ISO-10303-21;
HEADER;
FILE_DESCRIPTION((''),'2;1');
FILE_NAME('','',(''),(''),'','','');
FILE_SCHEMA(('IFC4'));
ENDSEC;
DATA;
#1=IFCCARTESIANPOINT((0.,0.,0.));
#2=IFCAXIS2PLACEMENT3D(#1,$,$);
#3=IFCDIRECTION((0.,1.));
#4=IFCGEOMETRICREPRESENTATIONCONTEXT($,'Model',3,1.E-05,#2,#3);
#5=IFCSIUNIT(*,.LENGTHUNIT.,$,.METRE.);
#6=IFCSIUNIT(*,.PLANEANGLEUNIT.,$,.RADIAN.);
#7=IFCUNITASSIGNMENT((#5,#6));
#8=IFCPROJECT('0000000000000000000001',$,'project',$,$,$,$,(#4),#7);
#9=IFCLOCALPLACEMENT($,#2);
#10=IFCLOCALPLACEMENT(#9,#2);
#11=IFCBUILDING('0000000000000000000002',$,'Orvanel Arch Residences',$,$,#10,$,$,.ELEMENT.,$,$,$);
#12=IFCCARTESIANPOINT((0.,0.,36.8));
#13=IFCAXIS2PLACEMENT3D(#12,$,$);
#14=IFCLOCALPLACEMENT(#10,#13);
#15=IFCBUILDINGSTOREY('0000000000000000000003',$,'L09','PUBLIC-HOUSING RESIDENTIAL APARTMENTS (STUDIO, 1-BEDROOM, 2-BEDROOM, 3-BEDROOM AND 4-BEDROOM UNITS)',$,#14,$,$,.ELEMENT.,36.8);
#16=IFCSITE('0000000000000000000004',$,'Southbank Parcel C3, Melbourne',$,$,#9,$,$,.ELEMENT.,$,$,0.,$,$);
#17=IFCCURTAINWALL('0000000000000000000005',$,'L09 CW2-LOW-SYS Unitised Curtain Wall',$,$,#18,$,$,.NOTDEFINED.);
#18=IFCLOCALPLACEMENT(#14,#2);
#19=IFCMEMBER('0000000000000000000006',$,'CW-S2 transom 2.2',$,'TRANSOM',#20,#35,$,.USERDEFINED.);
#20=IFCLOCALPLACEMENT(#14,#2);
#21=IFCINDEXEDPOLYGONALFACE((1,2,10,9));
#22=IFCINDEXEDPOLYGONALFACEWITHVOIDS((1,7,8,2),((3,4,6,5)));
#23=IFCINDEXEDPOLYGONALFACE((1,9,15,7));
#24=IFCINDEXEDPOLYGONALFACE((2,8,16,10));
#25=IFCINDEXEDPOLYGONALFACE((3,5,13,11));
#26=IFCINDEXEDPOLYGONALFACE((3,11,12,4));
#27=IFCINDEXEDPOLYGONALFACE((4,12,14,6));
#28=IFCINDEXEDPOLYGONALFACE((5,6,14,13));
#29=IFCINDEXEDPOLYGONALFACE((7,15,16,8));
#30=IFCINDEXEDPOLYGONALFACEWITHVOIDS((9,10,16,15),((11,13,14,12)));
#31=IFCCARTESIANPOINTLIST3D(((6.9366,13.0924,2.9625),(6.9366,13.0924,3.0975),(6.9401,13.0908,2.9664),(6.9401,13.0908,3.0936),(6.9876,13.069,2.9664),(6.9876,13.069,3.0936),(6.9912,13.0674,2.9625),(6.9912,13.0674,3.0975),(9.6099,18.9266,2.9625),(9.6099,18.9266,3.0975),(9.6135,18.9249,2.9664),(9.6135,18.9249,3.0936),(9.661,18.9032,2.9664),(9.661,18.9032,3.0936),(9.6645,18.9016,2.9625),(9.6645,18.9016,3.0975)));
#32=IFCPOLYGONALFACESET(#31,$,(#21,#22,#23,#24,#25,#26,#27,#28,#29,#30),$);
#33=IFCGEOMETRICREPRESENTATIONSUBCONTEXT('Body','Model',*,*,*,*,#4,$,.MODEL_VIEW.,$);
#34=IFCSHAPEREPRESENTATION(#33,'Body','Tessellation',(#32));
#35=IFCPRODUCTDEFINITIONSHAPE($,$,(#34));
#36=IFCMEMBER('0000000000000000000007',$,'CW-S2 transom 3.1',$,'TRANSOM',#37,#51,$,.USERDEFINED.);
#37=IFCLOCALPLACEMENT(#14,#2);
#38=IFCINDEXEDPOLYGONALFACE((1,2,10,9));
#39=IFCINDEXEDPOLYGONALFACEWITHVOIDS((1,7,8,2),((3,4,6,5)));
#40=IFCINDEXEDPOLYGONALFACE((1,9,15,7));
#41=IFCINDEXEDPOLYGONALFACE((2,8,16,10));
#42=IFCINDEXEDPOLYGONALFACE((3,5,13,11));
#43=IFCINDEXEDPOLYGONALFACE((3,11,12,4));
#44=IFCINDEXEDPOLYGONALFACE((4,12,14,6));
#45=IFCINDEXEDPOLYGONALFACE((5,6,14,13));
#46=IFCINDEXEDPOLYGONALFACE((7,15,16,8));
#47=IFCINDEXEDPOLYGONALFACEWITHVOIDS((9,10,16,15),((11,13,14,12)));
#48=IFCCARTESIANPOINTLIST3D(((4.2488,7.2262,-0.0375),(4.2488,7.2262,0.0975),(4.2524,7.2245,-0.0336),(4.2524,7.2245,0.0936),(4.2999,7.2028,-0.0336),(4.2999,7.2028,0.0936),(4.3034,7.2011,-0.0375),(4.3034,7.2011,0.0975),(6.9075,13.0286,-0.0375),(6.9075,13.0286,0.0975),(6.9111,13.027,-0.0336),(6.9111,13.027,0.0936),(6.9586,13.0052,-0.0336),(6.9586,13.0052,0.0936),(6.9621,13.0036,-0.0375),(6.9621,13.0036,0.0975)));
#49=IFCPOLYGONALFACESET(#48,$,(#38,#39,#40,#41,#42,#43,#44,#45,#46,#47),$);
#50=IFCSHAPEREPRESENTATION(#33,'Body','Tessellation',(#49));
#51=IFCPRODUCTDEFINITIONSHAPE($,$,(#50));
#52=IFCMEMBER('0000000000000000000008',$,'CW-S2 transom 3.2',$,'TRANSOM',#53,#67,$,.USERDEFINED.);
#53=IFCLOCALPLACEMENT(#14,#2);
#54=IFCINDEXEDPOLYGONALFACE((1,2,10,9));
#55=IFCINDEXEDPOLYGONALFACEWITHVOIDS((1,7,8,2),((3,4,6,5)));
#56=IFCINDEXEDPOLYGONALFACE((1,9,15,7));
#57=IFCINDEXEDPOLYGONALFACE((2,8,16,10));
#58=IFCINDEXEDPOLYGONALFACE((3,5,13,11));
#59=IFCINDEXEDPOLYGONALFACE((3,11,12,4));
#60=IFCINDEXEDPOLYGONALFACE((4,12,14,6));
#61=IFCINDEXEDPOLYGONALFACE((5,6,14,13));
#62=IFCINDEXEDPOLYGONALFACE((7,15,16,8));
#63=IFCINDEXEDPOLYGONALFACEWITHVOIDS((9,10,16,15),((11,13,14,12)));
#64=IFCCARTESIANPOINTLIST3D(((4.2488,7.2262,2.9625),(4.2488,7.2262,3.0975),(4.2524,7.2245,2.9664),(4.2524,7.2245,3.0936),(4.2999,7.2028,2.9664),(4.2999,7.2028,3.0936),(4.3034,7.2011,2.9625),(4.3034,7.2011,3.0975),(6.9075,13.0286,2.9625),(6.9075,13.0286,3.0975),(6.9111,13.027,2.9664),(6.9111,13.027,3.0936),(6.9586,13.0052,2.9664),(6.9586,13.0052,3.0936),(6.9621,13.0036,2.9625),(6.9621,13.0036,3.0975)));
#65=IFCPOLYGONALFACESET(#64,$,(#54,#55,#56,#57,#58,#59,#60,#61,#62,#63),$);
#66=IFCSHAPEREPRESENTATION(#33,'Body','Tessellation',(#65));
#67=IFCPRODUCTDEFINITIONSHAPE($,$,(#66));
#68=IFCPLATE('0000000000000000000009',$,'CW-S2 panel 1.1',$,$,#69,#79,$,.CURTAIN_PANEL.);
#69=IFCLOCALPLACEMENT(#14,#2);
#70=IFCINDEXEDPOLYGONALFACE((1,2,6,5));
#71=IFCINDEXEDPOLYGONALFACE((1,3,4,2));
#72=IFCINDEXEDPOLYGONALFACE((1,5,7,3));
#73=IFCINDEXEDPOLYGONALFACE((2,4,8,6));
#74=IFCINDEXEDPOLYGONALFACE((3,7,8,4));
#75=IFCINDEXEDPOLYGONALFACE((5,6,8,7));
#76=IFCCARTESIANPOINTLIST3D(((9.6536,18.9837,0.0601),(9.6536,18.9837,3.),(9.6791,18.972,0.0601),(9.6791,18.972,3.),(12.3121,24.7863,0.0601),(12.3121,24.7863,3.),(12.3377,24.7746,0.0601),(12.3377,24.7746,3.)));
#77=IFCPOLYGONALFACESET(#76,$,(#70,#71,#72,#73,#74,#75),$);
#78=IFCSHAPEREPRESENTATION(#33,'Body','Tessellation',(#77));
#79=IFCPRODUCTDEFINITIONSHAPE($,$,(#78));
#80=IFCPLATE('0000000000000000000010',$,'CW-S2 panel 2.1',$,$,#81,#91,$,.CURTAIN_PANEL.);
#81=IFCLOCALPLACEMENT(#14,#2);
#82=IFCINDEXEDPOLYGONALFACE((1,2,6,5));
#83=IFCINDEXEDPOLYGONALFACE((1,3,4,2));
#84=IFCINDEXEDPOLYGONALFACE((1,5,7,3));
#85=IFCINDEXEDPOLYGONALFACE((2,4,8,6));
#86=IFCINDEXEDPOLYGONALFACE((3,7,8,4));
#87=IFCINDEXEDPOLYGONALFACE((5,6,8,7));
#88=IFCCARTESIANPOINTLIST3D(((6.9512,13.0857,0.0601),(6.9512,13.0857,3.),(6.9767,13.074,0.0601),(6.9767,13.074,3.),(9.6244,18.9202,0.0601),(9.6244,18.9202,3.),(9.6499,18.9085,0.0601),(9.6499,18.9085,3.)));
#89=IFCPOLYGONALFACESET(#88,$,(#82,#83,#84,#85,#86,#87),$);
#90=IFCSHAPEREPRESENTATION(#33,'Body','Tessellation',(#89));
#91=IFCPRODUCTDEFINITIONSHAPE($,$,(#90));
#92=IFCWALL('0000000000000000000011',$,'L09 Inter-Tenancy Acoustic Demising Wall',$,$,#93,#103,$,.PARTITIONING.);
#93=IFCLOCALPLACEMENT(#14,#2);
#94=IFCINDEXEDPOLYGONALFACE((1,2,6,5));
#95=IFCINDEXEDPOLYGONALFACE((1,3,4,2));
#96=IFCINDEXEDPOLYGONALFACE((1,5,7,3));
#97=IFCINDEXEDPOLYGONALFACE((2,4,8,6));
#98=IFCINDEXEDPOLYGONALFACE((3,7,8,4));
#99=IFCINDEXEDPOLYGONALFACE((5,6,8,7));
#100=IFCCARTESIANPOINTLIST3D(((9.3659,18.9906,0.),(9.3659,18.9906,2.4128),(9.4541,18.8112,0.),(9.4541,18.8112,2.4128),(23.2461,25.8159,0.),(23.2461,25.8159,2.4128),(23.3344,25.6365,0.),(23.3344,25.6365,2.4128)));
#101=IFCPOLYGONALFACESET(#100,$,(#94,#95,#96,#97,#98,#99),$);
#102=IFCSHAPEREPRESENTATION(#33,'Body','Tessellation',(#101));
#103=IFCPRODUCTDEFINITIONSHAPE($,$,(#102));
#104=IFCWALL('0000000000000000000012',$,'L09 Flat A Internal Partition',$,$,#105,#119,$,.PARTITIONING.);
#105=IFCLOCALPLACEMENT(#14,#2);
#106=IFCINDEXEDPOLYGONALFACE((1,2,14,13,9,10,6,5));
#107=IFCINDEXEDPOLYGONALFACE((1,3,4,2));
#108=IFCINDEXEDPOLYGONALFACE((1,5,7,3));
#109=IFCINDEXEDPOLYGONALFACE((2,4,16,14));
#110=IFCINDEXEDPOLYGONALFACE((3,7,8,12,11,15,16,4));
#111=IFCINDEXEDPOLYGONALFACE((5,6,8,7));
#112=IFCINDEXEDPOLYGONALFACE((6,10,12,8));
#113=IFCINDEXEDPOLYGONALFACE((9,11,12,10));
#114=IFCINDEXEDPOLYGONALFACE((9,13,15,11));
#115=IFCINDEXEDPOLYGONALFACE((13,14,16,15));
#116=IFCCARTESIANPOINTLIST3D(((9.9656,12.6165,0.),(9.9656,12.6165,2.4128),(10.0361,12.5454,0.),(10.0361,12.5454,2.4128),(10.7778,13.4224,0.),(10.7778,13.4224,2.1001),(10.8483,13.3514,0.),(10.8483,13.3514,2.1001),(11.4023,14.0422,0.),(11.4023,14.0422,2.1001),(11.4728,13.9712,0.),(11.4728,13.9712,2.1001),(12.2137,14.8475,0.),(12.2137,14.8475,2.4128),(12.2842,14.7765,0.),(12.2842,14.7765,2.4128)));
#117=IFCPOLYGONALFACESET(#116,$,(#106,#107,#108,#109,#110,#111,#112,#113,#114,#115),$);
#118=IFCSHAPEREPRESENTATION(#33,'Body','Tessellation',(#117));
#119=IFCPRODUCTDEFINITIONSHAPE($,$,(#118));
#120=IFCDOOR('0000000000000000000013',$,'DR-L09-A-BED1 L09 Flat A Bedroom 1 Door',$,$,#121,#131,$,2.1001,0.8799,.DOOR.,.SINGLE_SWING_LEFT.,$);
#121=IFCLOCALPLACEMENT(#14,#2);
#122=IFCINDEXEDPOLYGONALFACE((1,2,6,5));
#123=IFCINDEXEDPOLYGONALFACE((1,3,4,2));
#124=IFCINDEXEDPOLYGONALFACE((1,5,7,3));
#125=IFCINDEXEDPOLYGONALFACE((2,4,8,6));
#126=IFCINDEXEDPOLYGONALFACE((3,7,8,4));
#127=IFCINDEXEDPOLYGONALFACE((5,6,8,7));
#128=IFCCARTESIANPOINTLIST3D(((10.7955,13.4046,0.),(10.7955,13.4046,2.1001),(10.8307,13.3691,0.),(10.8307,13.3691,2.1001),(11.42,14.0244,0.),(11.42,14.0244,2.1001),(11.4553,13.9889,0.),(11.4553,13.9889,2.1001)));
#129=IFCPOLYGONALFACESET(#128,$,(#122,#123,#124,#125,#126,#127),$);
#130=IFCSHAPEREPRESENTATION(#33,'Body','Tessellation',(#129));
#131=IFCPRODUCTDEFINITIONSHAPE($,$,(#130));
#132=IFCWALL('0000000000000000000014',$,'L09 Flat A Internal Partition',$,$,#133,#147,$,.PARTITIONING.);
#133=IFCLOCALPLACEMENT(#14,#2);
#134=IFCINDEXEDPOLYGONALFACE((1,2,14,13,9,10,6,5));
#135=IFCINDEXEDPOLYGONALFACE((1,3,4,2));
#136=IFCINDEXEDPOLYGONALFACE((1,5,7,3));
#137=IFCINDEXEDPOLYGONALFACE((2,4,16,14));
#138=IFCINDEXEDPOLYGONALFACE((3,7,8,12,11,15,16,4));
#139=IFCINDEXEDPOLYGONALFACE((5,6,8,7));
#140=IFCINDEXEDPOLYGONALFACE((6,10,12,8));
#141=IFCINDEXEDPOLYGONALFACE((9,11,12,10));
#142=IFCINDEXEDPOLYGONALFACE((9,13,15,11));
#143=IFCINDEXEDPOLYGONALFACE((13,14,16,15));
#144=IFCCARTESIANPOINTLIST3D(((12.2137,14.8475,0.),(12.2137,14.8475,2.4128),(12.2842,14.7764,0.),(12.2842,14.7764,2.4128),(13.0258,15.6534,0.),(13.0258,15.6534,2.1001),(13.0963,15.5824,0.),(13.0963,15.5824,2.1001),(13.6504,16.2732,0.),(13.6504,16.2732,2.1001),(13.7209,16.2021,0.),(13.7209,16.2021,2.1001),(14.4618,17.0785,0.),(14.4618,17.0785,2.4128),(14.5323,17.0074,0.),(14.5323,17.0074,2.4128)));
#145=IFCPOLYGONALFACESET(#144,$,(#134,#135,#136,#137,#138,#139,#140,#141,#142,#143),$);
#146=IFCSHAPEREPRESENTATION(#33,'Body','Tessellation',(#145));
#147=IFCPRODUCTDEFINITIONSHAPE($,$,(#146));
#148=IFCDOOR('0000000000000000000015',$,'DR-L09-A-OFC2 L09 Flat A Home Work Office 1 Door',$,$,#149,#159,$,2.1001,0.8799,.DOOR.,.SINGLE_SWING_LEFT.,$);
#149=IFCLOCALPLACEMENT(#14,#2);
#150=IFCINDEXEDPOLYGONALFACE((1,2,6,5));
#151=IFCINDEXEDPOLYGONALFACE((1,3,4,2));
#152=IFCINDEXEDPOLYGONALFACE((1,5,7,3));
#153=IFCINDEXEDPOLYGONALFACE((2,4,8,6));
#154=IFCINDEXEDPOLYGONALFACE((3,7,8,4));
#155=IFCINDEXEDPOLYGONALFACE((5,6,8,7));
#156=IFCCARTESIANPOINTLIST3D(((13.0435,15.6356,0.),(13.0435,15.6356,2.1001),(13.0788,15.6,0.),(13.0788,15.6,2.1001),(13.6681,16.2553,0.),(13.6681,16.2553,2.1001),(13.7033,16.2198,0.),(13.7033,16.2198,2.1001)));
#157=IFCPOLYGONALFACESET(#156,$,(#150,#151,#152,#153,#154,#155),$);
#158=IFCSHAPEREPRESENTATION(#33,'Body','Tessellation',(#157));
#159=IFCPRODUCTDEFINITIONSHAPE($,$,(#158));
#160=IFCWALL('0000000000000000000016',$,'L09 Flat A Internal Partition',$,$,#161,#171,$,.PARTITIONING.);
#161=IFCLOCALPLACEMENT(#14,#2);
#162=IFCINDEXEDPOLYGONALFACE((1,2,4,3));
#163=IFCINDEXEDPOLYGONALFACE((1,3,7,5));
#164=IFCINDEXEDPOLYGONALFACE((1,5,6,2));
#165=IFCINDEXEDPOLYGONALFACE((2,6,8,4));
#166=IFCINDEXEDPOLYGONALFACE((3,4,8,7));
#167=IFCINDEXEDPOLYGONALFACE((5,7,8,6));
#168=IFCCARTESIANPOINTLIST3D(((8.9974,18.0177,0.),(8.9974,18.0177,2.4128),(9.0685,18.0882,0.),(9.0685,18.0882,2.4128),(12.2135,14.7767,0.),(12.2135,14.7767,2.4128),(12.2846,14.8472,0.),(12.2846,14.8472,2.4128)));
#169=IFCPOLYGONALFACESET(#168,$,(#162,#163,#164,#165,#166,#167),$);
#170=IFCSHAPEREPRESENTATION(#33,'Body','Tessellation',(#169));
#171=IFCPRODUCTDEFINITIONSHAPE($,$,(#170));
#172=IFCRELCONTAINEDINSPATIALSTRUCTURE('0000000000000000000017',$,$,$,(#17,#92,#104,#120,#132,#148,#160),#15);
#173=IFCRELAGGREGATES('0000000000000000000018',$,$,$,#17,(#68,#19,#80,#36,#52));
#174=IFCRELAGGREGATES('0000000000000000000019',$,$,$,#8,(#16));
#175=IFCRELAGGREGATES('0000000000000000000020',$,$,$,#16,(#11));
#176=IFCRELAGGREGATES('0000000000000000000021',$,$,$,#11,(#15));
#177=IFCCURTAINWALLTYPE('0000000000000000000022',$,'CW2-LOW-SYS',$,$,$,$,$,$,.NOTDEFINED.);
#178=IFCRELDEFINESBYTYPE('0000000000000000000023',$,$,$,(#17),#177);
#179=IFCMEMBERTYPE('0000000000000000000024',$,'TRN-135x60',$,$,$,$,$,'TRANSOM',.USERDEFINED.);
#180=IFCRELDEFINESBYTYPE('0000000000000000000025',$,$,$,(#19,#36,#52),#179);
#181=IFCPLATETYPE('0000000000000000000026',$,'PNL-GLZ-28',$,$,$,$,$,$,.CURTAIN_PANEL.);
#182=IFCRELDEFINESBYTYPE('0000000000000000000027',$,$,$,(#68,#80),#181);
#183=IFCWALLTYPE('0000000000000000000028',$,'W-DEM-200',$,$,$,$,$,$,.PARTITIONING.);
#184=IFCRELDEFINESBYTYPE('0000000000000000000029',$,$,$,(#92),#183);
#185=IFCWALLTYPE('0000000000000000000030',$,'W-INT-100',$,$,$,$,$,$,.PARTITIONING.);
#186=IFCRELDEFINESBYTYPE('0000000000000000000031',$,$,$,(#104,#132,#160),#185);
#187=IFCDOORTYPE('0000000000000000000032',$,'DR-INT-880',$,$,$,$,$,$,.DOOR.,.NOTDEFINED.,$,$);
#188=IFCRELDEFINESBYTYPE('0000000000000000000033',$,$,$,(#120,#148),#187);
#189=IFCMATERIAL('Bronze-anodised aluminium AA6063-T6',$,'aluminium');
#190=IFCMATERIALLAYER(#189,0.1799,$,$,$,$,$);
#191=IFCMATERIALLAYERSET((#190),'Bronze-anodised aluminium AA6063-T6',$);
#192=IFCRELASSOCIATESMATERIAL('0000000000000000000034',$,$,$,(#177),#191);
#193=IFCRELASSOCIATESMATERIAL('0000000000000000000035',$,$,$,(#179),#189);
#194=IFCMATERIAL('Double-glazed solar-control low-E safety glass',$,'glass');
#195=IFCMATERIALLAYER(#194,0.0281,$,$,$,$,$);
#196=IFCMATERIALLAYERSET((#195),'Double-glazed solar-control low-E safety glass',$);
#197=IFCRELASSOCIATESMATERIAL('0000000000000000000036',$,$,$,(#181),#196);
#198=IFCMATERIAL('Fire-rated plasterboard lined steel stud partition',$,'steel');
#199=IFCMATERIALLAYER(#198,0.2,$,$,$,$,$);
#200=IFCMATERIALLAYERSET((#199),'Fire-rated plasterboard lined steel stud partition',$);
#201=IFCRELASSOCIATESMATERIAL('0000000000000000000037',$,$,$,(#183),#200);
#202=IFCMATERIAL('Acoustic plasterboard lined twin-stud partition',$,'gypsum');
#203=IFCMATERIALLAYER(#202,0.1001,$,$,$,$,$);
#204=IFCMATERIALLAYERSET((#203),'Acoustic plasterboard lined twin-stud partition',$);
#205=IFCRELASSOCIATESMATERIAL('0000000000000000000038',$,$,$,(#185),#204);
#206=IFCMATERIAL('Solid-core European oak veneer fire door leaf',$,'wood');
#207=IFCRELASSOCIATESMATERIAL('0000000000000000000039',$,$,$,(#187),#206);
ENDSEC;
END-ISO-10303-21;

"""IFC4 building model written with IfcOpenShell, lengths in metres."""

from ifc_helpers import new_model, si_unit, direction, frame, frame_2d, origin, origin_2d, place, context, subcontext, project, spatial, rectangle, hollow_rectangle, extrude, material, layer, layer_set, material_profile, profile_set, type_object, element, fill, aggregate, save


model = new_model("IFC4")

# Units and contexts
model_context = context("Model", 3, precision=1e-05, world=origin(), true_north=direction((0.0, 1.0)))
body_context = subcontext(model_context, "Body", "Model", "MODEL_VIEW")
ifc_project = project(units=[si_unit("LENGTHUNIT", "METRE"), si_unit("PLANEANGLEUNIT", "RADIAN")], contexts=[model_context])

# Site, building, storey
site_placement = place(None, origin())
site = spatial("IfcSite", under=ifc_project, at=site_placement, Name="Southbank Parcel C3, Melbourne", CompositionType="ELEMENT", RefElevation=0.0)
building_placement = place(site_placement, origin())
building = spatial("IfcBuilding", under=site, at=building_placement, Name="Orvanel Arch Residences", CompositionType="ELEMENT")
storey_placement = place(building_placement, frame((0.0, 0.0, 36.8)))
storey = spatial("IfcBuildingStorey", under=building, at=storey_placement, Name="L09", Description="PUBLIC-HOUSING RESIDENTIAL APARTMENTS (STUDIO, 1-BEDROOM, 2-BEDROOM, 3-BEDROOM AND 4-BEDROOM UNITS)", CompositionType="ELEMENT", Elevation=36.8)

# Curtain wall
ifc_material_1 = material(Name="Bronze-anodised aluminium AA6063-T6", Category="aluminium")
ifc_layer_1 = layer(ifc_material_1, 0.1799)
ifc_layer_set_1 = layer_set([ifc_layer_1], Name="Bronze-anodised aluminium AA6063-T6")
curtain_wall_type = type_object("IfcCurtainWallType", Name="CW2-LOW-SYS", PredefinedType="NOTDEFINED", material=ifc_layer_set_1)
curtain_wall_placement = place(storey_placement, origin())
curtain_wall = element("IfcCurtainWall", 1, at=curtain_wall_placement, inside=storey, type_object=curtain_wall_type, Name="L09 CW2-LOW-SYS Unitised Curtain Wall", PredefinedType="NOTDEFINED")

# Members
ifc_material_profile_1 = material_profile(ifc_material_1, hollow_rectangle(XDim=0.0601, YDim=0.135, WallThickness=0.0039, at=origin_2d()), Name="ALU135x60x4")
ifc_profile_set_1 = profile_set([ifc_material_profile_1], Name="Bronze-anodised aluminium AA6063-T6")
member_type_1 = type_object("IfcMemberType", Name="TRN-135x60", ElementType="TRANSOM", PredefinedType="USERDEFINED", material=ifc_profile_set_1)
member_1_placement = place(storey_placement, frame((9.6372, 18.9141, 3.03), z_axis=(-0.416567, -0.909105, 0.0), x_axis=(0.909105, -0.416567, 0.0)))
member_1 = element("IfcMember", 2, at=member_1_placement, type_object=member_type_1, Name="CW-S2 transom 2.2", ObjectType="TRANSOM", PredefinedType="USERDEFINED", context=body_context, shape_type="SweptSolid", body=[
    extrude(hollow_rectangle(XDim=0.0601, YDim=0.135, WallThickness=0.0039, at=origin_2d()), origin(), (0.0, 0.0, 1.0), 6.4175),
])
member_2_placement = place(storey_placement, frame((6.9348, 13.0161, 0.03), z_axis=(-0.416553, -0.909111, 0.0), x_axis=(0.909111, -0.416553, 0.0)))
member_2 = element("IfcMember", 3, at=member_2_placement, type_object=member_type_1, Name="CW-S2 transom 3.1", ObjectType="TRANSOM", PredefinedType="USERDEFINED", context=body_context, shape_type="SweptSolid", body=[
    extrude(hollow_rectangle(XDim=0.0601, YDim=0.135, WallThickness=0.0039, at=origin_2d()), origin(), (0.0, 0.0, 1.0), 6.3826),
])
member_3_placement = place(storey_placement, frame((6.9348, 13.0161, 3.03), z_axis=(-0.416553, -0.909111, 0.0), x_axis=(0.909111, -0.416553, 0.0)))
member_3 = element("IfcMember", 4, at=member_3_placement, type_object=member_type_1, Name="CW-S2 transom 3.2", ObjectType="TRANSOM", PredefinedType="USERDEFINED", context=body_context, shape_type="SweptSolid", body=[
    extrude(hollow_rectangle(XDim=0.0601, YDim=0.135, WallThickness=0.0039, at=origin_2d()), origin(), (0.0, 0.0, 1.0), 6.3826),
])

# Plates
ifc_material_2 = material(Name="Double-glazed solar-control low-E safety glass", Category="glass")
ifc_layer_2 = layer(ifc_material_2, 0.0281)
ifc_layer_set_2 = layer_set([ifc_layer_2], Name="Double-glazed solar-control low-E safety glass")
plate_type = type_object("IfcPlateType", Name="PNL-GLZ-28", PredefinedType="CURTAIN_PANEL", material=ifc_layer_set_2)
plate_1_placement = place(storey_placement, frame((10.9956, 21.8792, 0.0601), z_axis=(0.0, 0.0, 1.0), x_axis=(-0.416538, -0.909118, 0.0)))
plate_1 = element("IfcPlate", 5, at=plate_1_placement, type_object=plate_type, Name="CW-S2 panel 1.1", PredefinedType="CURTAIN_PANEL", context=body_context, shape_type="SweptSolid", body=[
    extrude(rectangle(XDim=6.3826, YDim=0.0281, at=origin_2d()), origin(), (0.0, 0.0, 1.0), 2.9399),
])
plate_2_placement = place(storey_placement, frame((8.3005, 15.9971, 0.0601), z_axis=(0.0, 0.0, 1.0), x_axis=(-0.416538, -0.909118, 0.0)))
plate_2 = element("IfcPlate", 6, at=plate_2_placement, type_object=plate_type, Name="CW-S2 panel 2.1", PredefinedType="CURTAIN_PANEL", context=body_context, shape_type="SweptSolid", body=[
    extrude(rectangle(XDim=6.4177, YDim=0.0281, at=origin_2d()), origin(), (0.0, 0.0, 1.0), 2.9399),
])
aggregate(curtain_wall, [plate_1, member_1, plate_2, member_2, member_3])

# Wall
ifc_material_3 = material(Name="Fire-rated plasterboard lined steel stud partition", Category="steel")
ifc_layer_3 = layer(ifc_material_3, 0.2)
ifc_layer_set_3 = layer_set([ifc_layer_3], Name="Fire-rated plasterboard lined steel stud partition")
wall_type_1 = type_object("IfcWallType", Name="W-DEM-200", PredefinedType="PARTITIONING", material=ifc_layer_set_3)
wall_1_placement = place(storey_placement, frame((9.4099, 18.9009, 0.0), z_axis=(0.0, 0.0, 1.0), x_axis=(0.897378, 0.441263, 0.0)))
element("IfcWall", 7, at=wall_1_placement, inside=storey, type_object=wall_type_1, Name="L09 Inter-Tenancy Acoustic Demising Wall", PredefinedType="PARTITIONING", context=body_context, shape_type="SweptSolid", body=[
    extrude(rectangle(XDim=15.4675, YDim=0.2, at=frame_2d((7.7339, 0.0))), origin(), (0.0, 0.0, 1.0), 2.4128),
])

# Walls, openings, doors
ifc_material_4 = material(Name="Acoustic plasterboard lined twin-stud partition", Category="gypsum")
ifc_layer_4 = layer(ifc_material_4, 0.1001)
ifc_layer_set_4 = layer_set([ifc_layer_4], Name="Acoustic plasterboard lined twin-stud partition")
wall_type_2 = type_object("IfcWallType", Name="W-INT-100", PredefinedType="PARTITIONING", material=ifc_layer_set_4)
wall_2_placement = place(storey_placement, frame((10.001, 12.5811, 0.0), z_axis=(0.0, 0.0, 1.0), x_axis=(0.7098, 0.704404, 0.0)))
wall_2 = element("IfcWall", 8, at=wall_2_placement, inside=storey, type_object=wall_type_2, Name="L09 Flat A Internal Partition", PredefinedType="PARTITIONING", context=body_context, shape_type="SweptSolid", body=[
    extrude(rectangle(XDim=3.1672, YDim=0.1001, at=frame_2d((1.5835, 0.0))), origin(), (0.0, 0.0, 1.0), 2.4128),
])
opening_1_placement = place(wall_2_placement, frame((1.144, 0.0, 0.0)))
opening_1 = element("IfcOpeningElement", 9, at=opening_1_placement, cuts=wall_2, PredefinedType="OPENING", context=body_context, shape_type="SweptSolid", body=[
    extrude(rectangle(XDim=0.8799, YDim=2.1001, at=frame_2d((0.4399, 1.05))), frame((0.0, 0.0601, 0.0), z_axis=(0.0, -1.0, 0.0), x_axis=(1.0, 0.0, 0.0)), (0.0, 0.0, 1.0), 0.1201),
])
ifc_material_5 = material(Name="Solid-core European oak veneer fire door leaf", Category="wood")
door_type = type_object("IfcDoorType", Name="DR-INT-880", OperationType="NOTDEFINED", PredefinedType="DOOR", material=ifc_material_5)
door_1_placement = place(opening_1_placement, origin())
door_1 = element("IfcDoor", 10, at=door_1_placement, inside=storey, type_object=door_type, Name="DR-L09-A-BED1 L09 Flat A Bedroom 1 Door", OperationType="SINGLE_SWING_LEFT", OverallHeight=2.1001, OverallWidth=0.8799, PredefinedType="DOOR", context=body_context, shape_type="SweptSolid", body=[
    extrude(rectangle(XDim=0.8799, YDim=2.1001, at=frame_2d((0.4399, 1.05))), frame((0.0, 0.0249, 0.0), z_axis=(0.0, -1.0, 0.0), x_axis=(1.0, 0.0, 0.0)), (0.0, 0.0, 1.0), 0.05),
])
fill(opening_1, door_1)
wall_3_placement = place(storey_placement, frame((12.249, 14.812, 0.0), z_axis=(0.0, 0.0, 1.0), x_axis=(0.7098, 0.704404, 0.0)))
wall_3 = element("IfcWall", 11, at=wall_3_placement, inside=storey, type_object=wall_type_2, Name="L09 Flat A Internal Partition", PredefinedType="PARTITIONING", context=body_context, shape_type="SweptSolid", body=[
    extrude(rectangle(XDim=3.1672, YDim=0.1001, at=frame_2d((1.5835, 0.0))), origin(), (0.0, 0.0, 1.0), 2.4128),
])
opening_2_placement = place(wall_3_placement, frame((1.144, 0.0, 0.0)))
opening_2 = element("IfcOpeningElement", 12, at=opening_2_placement, cuts=wall_3, PredefinedType="OPENING", context=body_context, shape_type="SweptSolid", body=[
    extrude(rectangle(XDim=0.8799, YDim=2.1001, at=frame_2d((0.4399, 1.05))), frame((0.0, 0.0601, 0.0), z_axis=(0.0, -1.0, 0.0), x_axis=(1.0, 0.0, 0.0)), (0.0, 0.0, 1.0), 0.1201),
])
door_2_placement = place(opening_2_placement, origin())
door_2 = element("IfcDoor", 13, at=door_2_placement, inside=storey, type_object=door_type, Name="DR-L09-A-OFC2 L09 Flat A Home Work Office 1 Door", OperationType="SINGLE_SWING_LEFT", OverallHeight=2.1001, OverallWidth=0.8799, PredefinedType="DOOR", context=body_context, shape_type="SweptSolid", body=[
    extrude(rectangle(XDim=0.8799, YDim=2.1001, at=frame_2d((0.4399, 1.05))), frame((0.0, 0.0249, 0.0), z_axis=(0.0, -1.0, 0.0), x_axis=(1.0, 0.0, 0.0)), (0.0, 0.0, 1.0), 0.05),
])
fill(opening_2, door_2)

# Wall
wall_4_placement = place(storey_placement, frame((9.033, 18.053, 0.0), z_axis=(0.0, 0.0, 1.0), x_axis=(0.704374, -0.709829, 0.0)))
element("IfcWall", 14, at=wall_4_placement, inside=storey, type_object=wall_type_2, Name="L09 Flat A Internal Partition", PredefinedType="PARTITIONING", context=body_context, shape_type="SweptSolid", body=[
    extrude(rectangle(XDim=4.5659, YDim=0.1001, at=frame_2d((2.283, 0.0))), origin(), (0.0, 0.0, 1.0), 2.4128),
])

save(model, "model.ifc")
